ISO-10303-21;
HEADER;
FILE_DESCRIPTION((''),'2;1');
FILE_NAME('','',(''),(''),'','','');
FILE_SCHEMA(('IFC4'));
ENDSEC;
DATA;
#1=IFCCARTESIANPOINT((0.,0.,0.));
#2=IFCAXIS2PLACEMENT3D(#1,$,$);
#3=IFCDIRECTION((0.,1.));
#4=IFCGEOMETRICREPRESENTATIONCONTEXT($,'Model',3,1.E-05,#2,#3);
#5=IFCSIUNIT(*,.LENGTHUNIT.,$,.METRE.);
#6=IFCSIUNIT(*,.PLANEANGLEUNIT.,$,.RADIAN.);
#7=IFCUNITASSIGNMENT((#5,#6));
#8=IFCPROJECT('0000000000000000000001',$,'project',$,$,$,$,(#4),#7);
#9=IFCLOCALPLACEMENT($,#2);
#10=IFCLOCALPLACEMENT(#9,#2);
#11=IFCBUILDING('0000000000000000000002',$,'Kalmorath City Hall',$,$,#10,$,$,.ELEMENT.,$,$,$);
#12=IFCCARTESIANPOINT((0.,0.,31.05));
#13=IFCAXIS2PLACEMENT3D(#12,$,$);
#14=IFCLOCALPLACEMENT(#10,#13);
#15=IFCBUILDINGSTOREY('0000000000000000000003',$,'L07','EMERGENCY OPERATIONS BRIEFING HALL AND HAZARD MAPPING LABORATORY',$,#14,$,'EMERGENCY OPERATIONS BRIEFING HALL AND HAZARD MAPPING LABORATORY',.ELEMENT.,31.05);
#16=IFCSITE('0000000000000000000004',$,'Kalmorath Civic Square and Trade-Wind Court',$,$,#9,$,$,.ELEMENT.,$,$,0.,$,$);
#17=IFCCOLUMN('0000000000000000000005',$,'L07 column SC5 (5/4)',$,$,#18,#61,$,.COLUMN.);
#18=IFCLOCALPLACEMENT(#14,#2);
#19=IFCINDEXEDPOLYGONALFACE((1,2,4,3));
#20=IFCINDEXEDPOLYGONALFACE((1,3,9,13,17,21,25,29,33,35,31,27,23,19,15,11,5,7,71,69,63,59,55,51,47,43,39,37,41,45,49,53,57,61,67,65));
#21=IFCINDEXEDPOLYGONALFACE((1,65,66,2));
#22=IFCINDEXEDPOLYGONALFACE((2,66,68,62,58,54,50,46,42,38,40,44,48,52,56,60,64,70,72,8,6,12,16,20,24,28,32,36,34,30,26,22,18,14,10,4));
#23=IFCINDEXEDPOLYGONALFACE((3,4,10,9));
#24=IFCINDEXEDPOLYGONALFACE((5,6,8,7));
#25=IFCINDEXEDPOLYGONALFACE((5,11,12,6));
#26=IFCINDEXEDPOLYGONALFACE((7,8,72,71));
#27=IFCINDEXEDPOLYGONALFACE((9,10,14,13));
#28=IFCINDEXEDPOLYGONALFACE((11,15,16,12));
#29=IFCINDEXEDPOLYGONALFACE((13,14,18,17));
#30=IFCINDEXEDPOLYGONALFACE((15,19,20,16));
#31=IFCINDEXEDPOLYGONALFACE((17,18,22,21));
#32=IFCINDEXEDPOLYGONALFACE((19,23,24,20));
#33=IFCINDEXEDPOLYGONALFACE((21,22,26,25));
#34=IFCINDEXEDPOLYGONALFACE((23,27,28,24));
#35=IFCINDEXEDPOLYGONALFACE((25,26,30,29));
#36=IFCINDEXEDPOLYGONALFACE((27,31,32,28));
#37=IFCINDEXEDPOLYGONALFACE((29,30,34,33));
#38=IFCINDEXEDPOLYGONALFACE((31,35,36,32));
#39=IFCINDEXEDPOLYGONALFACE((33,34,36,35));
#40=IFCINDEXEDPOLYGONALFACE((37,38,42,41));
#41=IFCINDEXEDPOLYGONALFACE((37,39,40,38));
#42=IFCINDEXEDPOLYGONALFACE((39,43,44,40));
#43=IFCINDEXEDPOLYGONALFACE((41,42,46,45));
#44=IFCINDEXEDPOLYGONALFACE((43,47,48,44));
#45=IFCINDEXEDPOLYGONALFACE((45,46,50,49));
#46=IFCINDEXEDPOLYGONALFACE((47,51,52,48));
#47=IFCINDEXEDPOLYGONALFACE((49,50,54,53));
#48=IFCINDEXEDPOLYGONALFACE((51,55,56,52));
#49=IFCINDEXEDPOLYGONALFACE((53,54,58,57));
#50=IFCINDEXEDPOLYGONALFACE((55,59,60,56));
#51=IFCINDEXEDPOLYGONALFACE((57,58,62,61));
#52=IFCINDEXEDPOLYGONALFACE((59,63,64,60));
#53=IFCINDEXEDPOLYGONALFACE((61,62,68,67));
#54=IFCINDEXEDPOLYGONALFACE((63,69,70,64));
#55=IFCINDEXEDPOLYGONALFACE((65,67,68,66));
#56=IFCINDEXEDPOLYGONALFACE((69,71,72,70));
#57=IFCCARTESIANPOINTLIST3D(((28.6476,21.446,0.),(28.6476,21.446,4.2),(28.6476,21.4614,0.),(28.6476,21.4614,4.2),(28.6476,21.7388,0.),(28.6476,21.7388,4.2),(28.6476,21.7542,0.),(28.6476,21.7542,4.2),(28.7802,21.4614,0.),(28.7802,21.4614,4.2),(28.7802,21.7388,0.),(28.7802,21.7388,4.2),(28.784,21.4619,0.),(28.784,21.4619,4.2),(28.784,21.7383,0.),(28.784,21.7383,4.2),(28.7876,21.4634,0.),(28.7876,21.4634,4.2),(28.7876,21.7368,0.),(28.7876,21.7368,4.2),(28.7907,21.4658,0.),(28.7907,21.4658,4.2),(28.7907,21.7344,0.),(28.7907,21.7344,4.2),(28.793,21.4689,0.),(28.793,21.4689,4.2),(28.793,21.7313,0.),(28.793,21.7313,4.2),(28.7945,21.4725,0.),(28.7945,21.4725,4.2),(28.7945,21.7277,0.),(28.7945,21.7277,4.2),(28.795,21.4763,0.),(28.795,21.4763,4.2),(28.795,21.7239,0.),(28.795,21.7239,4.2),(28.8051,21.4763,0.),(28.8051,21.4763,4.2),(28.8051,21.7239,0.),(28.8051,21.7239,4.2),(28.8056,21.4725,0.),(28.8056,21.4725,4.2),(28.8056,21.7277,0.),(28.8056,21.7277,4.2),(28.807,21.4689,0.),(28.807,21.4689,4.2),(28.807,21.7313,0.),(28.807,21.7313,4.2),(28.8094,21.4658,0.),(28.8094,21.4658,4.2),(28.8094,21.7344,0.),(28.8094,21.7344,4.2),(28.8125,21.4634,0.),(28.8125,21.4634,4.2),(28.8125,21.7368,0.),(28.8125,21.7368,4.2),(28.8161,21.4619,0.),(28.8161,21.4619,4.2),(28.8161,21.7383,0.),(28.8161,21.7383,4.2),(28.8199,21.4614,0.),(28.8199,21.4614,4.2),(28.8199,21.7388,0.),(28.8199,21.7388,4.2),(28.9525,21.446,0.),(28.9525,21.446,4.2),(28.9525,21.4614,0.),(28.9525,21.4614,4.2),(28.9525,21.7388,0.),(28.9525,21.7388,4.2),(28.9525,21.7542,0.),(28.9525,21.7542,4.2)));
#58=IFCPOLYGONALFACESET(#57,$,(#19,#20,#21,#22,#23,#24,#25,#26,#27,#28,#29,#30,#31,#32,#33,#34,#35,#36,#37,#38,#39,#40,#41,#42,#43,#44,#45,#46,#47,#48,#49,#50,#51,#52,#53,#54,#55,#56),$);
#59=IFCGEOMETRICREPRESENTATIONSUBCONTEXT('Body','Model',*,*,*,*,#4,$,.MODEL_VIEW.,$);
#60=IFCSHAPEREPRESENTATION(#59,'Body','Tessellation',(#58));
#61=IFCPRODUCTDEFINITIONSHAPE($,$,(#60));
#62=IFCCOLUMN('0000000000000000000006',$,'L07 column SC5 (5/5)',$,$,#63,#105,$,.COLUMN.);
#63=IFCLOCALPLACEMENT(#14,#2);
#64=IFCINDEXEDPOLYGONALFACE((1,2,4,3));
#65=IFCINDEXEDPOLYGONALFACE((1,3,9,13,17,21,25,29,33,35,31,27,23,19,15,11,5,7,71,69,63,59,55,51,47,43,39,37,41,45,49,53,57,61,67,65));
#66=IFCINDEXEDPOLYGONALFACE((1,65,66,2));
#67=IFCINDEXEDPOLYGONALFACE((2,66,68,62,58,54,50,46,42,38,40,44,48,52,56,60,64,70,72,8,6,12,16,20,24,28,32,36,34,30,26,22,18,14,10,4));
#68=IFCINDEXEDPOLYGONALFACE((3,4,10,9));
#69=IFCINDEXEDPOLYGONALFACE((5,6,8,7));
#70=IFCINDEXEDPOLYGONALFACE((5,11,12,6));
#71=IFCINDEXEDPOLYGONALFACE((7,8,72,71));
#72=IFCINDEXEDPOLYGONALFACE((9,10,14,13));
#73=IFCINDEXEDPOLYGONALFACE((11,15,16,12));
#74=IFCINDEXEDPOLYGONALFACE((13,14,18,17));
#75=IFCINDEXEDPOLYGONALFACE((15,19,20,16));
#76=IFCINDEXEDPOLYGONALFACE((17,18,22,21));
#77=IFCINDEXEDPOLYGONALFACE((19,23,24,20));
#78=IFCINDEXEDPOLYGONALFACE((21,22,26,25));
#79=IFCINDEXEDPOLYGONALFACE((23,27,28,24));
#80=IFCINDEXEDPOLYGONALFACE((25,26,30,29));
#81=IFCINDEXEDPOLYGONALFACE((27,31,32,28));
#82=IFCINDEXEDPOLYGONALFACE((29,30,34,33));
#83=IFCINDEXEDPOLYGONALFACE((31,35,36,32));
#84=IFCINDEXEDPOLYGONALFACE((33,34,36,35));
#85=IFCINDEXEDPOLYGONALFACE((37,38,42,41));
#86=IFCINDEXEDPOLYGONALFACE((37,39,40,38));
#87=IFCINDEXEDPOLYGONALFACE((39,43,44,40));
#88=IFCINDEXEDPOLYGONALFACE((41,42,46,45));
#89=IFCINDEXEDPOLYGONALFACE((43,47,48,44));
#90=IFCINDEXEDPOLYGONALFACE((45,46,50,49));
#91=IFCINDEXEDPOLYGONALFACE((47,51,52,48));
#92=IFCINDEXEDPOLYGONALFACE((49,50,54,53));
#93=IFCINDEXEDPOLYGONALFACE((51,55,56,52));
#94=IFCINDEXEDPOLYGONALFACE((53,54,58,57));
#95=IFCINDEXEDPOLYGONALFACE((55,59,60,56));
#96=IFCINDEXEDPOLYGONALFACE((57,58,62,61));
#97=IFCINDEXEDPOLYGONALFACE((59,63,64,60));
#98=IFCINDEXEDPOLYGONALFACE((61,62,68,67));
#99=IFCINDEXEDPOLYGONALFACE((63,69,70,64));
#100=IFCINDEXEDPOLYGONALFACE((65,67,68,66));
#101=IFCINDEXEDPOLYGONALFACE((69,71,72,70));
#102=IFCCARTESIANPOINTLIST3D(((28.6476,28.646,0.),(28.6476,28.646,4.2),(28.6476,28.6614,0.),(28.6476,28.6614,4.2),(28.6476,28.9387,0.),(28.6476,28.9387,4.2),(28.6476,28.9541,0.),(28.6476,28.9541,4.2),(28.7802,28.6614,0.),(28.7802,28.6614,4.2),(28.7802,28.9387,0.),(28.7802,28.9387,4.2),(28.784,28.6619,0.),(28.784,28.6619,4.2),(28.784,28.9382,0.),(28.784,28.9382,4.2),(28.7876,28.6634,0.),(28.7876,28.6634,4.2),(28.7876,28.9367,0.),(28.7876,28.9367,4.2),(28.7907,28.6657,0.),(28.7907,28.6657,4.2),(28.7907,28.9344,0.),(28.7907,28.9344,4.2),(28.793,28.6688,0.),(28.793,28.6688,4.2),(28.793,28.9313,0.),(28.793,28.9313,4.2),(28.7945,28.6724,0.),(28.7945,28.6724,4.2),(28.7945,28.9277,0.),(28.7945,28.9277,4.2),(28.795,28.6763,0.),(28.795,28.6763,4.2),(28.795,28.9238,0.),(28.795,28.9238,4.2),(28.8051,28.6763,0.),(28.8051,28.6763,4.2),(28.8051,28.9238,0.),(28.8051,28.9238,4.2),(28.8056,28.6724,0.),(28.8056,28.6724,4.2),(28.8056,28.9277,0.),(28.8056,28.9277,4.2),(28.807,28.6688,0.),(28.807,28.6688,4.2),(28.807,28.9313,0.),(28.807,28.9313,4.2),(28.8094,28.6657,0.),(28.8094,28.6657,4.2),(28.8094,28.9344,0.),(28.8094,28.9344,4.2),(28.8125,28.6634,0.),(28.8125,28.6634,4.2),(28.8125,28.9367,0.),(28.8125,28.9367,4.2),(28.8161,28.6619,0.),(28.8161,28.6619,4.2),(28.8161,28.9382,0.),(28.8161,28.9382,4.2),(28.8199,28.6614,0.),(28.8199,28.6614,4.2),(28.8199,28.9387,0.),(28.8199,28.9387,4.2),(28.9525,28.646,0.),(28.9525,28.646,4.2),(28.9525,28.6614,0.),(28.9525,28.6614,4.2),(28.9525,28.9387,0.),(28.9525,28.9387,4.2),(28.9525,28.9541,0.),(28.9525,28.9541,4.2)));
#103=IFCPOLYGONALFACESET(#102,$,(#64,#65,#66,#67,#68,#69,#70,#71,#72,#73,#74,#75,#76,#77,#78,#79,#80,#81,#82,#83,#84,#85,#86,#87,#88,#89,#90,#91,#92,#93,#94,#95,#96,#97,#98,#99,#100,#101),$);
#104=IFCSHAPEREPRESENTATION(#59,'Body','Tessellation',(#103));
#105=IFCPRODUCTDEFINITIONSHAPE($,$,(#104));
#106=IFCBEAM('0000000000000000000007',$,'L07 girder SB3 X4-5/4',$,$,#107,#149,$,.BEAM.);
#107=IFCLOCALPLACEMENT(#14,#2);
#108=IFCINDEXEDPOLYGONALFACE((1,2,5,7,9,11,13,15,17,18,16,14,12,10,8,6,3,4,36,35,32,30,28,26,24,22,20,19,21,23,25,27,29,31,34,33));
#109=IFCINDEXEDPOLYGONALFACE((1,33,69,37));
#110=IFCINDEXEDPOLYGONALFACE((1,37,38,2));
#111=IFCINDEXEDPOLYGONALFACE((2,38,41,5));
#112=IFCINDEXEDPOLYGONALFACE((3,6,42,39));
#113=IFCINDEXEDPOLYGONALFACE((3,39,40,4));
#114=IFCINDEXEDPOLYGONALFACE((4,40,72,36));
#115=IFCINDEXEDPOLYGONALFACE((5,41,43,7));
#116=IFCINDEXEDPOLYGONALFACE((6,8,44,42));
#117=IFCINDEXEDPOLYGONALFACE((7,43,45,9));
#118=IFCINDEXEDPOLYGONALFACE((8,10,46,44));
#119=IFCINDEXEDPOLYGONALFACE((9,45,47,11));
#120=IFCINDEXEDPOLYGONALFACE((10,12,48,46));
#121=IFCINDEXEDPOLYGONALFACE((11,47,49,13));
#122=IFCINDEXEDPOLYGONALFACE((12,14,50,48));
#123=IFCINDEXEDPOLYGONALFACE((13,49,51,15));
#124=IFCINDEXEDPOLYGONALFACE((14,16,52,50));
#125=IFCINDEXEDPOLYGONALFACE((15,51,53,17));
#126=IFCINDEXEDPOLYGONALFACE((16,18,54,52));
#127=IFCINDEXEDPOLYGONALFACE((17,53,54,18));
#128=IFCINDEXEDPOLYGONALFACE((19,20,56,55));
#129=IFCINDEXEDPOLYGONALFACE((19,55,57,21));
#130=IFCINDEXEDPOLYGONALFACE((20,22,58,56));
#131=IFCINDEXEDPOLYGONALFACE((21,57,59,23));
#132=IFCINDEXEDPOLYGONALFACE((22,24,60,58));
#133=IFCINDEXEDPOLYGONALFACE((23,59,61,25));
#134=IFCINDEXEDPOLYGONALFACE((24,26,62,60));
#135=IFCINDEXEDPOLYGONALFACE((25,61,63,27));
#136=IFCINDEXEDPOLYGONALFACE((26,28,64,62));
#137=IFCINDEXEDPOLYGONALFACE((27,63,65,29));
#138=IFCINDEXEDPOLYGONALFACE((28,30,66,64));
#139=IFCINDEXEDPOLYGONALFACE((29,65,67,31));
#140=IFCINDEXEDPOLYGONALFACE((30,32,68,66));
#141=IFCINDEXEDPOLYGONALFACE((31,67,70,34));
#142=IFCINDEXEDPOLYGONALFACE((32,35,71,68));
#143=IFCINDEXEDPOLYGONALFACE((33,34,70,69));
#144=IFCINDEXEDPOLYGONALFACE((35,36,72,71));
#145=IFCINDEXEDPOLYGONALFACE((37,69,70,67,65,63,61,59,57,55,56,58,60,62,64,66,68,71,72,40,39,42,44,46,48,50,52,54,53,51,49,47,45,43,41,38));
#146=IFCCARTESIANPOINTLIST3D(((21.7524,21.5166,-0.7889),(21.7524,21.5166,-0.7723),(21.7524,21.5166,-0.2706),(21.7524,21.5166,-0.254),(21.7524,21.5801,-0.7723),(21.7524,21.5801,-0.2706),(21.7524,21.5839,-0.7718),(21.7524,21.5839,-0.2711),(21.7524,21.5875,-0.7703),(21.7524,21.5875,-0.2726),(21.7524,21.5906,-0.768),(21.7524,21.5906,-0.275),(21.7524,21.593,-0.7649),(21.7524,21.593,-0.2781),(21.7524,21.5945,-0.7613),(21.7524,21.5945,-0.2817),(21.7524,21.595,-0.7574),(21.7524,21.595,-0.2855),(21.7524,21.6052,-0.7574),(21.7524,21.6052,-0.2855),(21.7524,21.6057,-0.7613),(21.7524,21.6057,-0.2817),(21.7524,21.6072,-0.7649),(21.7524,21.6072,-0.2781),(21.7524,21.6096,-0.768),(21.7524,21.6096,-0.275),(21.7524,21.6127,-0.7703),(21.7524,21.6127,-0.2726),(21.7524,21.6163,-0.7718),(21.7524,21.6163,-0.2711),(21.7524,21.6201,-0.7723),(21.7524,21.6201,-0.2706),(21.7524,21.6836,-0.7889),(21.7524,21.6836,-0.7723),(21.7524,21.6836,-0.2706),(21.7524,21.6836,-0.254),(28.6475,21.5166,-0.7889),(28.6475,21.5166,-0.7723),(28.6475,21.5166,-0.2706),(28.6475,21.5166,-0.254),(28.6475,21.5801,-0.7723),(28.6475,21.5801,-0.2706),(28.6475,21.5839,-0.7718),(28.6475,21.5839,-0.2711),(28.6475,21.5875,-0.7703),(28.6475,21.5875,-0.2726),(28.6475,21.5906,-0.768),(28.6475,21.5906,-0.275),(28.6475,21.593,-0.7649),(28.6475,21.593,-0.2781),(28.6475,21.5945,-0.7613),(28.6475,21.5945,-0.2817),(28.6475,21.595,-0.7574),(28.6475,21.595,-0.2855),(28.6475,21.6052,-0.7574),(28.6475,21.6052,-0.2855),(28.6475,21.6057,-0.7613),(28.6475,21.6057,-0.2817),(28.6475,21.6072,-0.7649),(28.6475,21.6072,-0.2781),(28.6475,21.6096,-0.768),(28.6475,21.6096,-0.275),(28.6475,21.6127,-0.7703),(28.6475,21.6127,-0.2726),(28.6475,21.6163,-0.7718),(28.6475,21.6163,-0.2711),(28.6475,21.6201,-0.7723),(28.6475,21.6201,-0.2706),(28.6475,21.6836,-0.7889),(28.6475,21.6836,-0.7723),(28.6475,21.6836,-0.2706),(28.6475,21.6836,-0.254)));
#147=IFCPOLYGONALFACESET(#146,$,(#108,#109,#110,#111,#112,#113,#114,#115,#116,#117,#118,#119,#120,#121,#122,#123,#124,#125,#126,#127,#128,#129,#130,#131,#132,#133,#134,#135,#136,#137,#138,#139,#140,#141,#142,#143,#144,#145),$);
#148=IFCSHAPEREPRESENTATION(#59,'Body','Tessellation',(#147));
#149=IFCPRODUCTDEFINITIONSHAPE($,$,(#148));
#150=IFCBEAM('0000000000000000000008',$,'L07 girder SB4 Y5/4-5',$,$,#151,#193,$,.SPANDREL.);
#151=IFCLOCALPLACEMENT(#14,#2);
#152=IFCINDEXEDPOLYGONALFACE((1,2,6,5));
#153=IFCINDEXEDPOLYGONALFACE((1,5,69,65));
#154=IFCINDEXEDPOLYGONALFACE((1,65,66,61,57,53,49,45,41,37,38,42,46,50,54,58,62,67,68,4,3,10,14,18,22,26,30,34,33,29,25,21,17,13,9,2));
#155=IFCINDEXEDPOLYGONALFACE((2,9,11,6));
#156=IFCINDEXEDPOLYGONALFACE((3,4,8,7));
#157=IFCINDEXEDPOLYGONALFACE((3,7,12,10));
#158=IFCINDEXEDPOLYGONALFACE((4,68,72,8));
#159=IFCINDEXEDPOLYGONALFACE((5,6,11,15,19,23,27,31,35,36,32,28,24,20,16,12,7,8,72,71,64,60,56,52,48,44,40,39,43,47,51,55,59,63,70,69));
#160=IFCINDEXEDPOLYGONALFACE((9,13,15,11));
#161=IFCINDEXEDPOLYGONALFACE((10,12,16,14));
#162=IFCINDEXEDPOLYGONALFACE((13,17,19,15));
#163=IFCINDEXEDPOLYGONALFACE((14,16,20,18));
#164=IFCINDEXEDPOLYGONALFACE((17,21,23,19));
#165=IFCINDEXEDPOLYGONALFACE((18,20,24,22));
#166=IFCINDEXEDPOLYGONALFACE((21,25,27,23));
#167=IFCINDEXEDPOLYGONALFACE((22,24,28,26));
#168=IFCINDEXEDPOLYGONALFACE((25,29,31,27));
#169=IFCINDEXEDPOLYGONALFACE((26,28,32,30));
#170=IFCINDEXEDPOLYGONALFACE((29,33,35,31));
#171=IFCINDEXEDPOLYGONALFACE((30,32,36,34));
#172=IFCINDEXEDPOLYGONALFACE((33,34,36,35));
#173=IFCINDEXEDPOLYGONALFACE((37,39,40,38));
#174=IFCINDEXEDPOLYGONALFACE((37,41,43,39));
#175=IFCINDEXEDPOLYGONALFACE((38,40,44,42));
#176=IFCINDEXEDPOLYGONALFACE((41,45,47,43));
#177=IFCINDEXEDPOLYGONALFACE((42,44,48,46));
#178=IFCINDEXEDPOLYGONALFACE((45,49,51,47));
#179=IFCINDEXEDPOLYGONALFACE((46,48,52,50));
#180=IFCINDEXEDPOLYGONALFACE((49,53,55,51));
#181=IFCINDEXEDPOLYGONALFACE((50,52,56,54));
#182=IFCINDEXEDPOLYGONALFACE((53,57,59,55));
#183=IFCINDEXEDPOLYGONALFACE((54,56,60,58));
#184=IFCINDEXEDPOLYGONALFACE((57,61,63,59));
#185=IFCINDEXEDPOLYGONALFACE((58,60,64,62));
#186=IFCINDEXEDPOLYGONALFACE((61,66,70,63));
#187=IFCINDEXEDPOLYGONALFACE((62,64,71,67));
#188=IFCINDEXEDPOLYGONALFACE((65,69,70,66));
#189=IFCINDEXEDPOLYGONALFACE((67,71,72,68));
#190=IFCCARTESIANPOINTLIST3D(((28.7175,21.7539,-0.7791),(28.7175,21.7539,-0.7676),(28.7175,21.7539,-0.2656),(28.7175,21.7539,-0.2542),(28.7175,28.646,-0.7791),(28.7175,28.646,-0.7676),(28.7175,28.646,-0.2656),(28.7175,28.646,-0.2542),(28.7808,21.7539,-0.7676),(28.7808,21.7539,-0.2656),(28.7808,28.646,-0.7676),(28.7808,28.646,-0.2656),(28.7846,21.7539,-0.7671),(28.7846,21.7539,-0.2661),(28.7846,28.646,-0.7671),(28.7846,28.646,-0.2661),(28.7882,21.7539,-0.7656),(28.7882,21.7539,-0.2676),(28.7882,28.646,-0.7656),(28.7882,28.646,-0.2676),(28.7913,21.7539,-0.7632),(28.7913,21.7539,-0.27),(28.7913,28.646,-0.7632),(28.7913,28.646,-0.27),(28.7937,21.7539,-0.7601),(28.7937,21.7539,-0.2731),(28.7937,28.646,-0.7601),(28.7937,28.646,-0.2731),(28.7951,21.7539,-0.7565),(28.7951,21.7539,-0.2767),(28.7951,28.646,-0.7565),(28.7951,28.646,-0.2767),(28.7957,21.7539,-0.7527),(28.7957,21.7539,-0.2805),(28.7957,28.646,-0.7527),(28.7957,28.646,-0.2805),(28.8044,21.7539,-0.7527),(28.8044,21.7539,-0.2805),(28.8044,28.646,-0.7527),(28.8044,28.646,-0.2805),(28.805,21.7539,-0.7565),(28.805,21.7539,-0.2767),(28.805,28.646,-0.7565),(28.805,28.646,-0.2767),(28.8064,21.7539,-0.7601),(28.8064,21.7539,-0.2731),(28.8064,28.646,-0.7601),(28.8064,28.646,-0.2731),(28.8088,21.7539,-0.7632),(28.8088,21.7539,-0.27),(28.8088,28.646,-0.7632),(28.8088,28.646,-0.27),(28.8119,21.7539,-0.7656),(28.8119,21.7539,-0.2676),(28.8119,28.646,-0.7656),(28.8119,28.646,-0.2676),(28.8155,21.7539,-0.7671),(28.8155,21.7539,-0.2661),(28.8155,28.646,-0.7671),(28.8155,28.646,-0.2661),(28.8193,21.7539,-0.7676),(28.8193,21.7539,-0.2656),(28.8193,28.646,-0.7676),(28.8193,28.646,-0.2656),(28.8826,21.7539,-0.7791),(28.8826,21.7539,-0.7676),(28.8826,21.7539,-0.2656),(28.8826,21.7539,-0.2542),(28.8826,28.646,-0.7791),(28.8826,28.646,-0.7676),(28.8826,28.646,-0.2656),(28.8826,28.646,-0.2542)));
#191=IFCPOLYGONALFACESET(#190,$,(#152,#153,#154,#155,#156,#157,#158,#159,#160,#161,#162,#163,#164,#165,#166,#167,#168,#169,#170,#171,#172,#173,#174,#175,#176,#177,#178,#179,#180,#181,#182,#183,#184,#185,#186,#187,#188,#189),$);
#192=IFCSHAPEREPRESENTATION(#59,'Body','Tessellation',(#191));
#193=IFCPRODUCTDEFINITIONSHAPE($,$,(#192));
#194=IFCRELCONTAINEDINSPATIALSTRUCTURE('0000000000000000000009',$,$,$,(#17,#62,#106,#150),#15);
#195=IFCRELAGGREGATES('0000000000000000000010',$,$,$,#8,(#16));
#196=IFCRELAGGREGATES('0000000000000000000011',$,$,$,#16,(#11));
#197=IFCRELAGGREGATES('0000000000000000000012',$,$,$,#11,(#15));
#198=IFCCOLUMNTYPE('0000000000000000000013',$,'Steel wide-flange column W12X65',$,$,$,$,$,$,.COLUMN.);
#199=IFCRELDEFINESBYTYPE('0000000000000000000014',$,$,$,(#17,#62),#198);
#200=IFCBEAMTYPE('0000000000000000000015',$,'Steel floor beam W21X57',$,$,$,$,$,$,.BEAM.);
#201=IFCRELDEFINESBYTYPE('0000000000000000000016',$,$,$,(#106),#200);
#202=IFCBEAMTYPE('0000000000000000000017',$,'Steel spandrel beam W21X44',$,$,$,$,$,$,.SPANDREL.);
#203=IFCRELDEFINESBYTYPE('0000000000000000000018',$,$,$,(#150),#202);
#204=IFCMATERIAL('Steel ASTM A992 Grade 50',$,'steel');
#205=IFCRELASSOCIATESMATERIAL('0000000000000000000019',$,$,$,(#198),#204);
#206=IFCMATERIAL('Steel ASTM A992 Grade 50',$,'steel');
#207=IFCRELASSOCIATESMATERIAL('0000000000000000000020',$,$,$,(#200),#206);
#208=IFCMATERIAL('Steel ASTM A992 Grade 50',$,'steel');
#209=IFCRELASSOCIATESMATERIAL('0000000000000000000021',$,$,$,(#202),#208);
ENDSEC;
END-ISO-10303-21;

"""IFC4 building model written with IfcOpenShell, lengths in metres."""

from ifc_helpers import new_model, si_unit, direction, frame, origin, origin_2d, place, context, subcontext, project, spatial, i_section, extrude, material, material_profile, profile_set, type_object, element, save


model = new_model("IFC4")

# Units and contexts
model_context = context("Model", 3, precision=1e-05, world=origin(), true_north=direction((0.0, 1.0)))
body_context = subcontext(model_context, "Body", "Model", "MODEL_VIEW")
ifc_project = project(units=[si_unit("LENGTHUNIT", "METRE"), si_unit("PLANEANGLEUNIT", "RADIAN")], contexts=[model_context])

# Site, building, storey
site_placement = place(None, origin())
site = spatial("IfcSite", under=ifc_project, at=site_placement, Name="Kalmorath Civic Square and Trade-Wind Court", CompositionType="ELEMENT", RefElevation=0.0)
building_placement = place(site_placement, origin())
building = spatial("IfcBuilding", under=site, at=building_placement, Name="Kalmorath City Hall", CompositionType="ELEMENT")
storey_placement = place(building_placement, frame((0.0, 0.0, 31.05)))
storey = spatial("IfcBuildingStorey", under=building, at=storey_placement, Name="L07", Description="EMERGENCY OPERATIONS BRIEFING HALL AND HAZARD MAPPING LABORATORY", LongName="EMERGENCY OPERATIONS BRIEFING HALL AND HAZARD MAPPING LABORATORY", CompositionType="ELEMENT", Elevation=31.05)

# Columns
ifc_material_1 = material(Name="Steel ASTM A992 Grade 50", Category="steel")
ifc_material_profile_1 = material_profile(ifc_material_1, i_section(OverallWidth=0.3049, OverallDepth=0.3081, WebThickness=0.01, FlangeThickness=0.0154, FilletRadius=0.0149, at=origin_2d()), Name="W12X65")
ifc_profile_set_1 = profile_set([ifc_material_profile_1], Name="Steel ASTM A992 Grade 50")
column_type = type_object("IfcColumnType", Name="Steel wide-flange column W12X65", PredefinedType="COLUMN", material=ifc_profile_set_1)
for number, where, z_axis, x_axis, name in (
    (1, (28.8, 21.6001, 0.0), (0.0, 0.0, 1.0), (1.0, 0.0, 0.0), "L07 column SC5 (5/4)"),
    (2, (28.8, 28.8, 0.0), (0.0, 0.0, 1.0), (1.0, 0.0, 0.0), "L07 column SC5 (5/5)"),
):
    element("IfcColumn", number, at=place(storey_placement, frame(where, z_axis=z_axis, x_axis=x_axis)), inside=storey, type_object=column_type, Name=name, PredefinedType="COLUMN", context=body_context, shape_type="SweptSolid", body=[
        extrude(i_section(OverallWidth=0.3049, OverallDepth=0.3081, WebThickness=0.01, FlangeThickness=0.0154, FilletRadius=0.0149, at=origin_2d()), origin(), (0.0, 0.0, 1.0), 4.2),
    ])

# Beams
ifc_material_2 = material(Name="Steel ASTM A992 Grade 50", Category="steel")
ifc_material_profile_2 = material_profile(ifc_material_2, i_section(OverallWidth=0.167, OverallDepth=0.5349, WebThickness=0.0103, FlangeThickness=0.0166, FilletRadius=0.0149, at=origin_2d()), Name="W21X57")
ifc_profile_set_2 = profile_set([ifc_material_profile_2], Name="Steel ASTM A992 Grade 50")
beam_type_1 = type_object("IfcBeamType", Name="Steel floor beam W21X57", PredefinedType="BEAM", material=ifc_profile_set_2)
beam_1_placement = place(storey_placement, frame((21.7524, 21.6001, -0.5215), z_axis=(1.0, 0.0, 0.0), x_axis=(0.0, 1.0, 0.0)))
element("IfcBeam", 3, at=beam_1_placement, inside=storey, type_object=beam_type_1, Name="L07 girder SB3 X4-5/4", PredefinedType="BEAM", context=body_context, shape_type="SweptSolid", body=[
    extrude(i_section(OverallWidth=0.167, OverallDepth=0.5349, WebThickness=0.0103, FlangeThickness=0.0166, FilletRadius=0.0149, at=origin_2d()), origin(), (0.0, 0.0, 1.0), 6.895),
])
ifc_material_3 = material(Name="Steel ASTM A992 Grade 50", Category="steel")
ifc_material_profile_3 = material_profile(ifc_material_3, i_section(OverallWidth=0.165, OverallDepth=0.5249, WebThickness=0.0088, FlangeThickness=0.0115, FilletRadius=0.0149, at=origin_2d()), Name="W21X44")
ifc_profile_set_3 = profile_set([ifc_material_profile_3], Name="Steel ASTM A992 Grade 50")
beam_type_2 = type_object("IfcBeamType", Name="Steel spandrel beam W21X44", PredefinedType="SPANDREL", material=ifc_profile_set_3)
beam_2_placement = place(storey_placement, frame((28.8, 21.7539, -0.5166), z_axis=(0.0, 1.0, 0.0), x_axis=(-1.0, 0.0, 0.0)))
element("IfcBeam", 4, at=beam_2_placement, inside=storey, type_object=beam_type_2, Name="L07 girder SB4 Y5/4-5", PredefinedType="SPANDREL", context=body_context, shape_type="SweptSolid", body=[
    extrude(i_section(OverallWidth=0.165, OverallDepth=0.5249, WebThickness=0.0088, FlangeThickness=0.0115, FilletRadius=0.0149, at=origin_2d()), origin(), (0.0, 0.0, 1.0), 6.8921),
])

save(model, "model.ifc")
